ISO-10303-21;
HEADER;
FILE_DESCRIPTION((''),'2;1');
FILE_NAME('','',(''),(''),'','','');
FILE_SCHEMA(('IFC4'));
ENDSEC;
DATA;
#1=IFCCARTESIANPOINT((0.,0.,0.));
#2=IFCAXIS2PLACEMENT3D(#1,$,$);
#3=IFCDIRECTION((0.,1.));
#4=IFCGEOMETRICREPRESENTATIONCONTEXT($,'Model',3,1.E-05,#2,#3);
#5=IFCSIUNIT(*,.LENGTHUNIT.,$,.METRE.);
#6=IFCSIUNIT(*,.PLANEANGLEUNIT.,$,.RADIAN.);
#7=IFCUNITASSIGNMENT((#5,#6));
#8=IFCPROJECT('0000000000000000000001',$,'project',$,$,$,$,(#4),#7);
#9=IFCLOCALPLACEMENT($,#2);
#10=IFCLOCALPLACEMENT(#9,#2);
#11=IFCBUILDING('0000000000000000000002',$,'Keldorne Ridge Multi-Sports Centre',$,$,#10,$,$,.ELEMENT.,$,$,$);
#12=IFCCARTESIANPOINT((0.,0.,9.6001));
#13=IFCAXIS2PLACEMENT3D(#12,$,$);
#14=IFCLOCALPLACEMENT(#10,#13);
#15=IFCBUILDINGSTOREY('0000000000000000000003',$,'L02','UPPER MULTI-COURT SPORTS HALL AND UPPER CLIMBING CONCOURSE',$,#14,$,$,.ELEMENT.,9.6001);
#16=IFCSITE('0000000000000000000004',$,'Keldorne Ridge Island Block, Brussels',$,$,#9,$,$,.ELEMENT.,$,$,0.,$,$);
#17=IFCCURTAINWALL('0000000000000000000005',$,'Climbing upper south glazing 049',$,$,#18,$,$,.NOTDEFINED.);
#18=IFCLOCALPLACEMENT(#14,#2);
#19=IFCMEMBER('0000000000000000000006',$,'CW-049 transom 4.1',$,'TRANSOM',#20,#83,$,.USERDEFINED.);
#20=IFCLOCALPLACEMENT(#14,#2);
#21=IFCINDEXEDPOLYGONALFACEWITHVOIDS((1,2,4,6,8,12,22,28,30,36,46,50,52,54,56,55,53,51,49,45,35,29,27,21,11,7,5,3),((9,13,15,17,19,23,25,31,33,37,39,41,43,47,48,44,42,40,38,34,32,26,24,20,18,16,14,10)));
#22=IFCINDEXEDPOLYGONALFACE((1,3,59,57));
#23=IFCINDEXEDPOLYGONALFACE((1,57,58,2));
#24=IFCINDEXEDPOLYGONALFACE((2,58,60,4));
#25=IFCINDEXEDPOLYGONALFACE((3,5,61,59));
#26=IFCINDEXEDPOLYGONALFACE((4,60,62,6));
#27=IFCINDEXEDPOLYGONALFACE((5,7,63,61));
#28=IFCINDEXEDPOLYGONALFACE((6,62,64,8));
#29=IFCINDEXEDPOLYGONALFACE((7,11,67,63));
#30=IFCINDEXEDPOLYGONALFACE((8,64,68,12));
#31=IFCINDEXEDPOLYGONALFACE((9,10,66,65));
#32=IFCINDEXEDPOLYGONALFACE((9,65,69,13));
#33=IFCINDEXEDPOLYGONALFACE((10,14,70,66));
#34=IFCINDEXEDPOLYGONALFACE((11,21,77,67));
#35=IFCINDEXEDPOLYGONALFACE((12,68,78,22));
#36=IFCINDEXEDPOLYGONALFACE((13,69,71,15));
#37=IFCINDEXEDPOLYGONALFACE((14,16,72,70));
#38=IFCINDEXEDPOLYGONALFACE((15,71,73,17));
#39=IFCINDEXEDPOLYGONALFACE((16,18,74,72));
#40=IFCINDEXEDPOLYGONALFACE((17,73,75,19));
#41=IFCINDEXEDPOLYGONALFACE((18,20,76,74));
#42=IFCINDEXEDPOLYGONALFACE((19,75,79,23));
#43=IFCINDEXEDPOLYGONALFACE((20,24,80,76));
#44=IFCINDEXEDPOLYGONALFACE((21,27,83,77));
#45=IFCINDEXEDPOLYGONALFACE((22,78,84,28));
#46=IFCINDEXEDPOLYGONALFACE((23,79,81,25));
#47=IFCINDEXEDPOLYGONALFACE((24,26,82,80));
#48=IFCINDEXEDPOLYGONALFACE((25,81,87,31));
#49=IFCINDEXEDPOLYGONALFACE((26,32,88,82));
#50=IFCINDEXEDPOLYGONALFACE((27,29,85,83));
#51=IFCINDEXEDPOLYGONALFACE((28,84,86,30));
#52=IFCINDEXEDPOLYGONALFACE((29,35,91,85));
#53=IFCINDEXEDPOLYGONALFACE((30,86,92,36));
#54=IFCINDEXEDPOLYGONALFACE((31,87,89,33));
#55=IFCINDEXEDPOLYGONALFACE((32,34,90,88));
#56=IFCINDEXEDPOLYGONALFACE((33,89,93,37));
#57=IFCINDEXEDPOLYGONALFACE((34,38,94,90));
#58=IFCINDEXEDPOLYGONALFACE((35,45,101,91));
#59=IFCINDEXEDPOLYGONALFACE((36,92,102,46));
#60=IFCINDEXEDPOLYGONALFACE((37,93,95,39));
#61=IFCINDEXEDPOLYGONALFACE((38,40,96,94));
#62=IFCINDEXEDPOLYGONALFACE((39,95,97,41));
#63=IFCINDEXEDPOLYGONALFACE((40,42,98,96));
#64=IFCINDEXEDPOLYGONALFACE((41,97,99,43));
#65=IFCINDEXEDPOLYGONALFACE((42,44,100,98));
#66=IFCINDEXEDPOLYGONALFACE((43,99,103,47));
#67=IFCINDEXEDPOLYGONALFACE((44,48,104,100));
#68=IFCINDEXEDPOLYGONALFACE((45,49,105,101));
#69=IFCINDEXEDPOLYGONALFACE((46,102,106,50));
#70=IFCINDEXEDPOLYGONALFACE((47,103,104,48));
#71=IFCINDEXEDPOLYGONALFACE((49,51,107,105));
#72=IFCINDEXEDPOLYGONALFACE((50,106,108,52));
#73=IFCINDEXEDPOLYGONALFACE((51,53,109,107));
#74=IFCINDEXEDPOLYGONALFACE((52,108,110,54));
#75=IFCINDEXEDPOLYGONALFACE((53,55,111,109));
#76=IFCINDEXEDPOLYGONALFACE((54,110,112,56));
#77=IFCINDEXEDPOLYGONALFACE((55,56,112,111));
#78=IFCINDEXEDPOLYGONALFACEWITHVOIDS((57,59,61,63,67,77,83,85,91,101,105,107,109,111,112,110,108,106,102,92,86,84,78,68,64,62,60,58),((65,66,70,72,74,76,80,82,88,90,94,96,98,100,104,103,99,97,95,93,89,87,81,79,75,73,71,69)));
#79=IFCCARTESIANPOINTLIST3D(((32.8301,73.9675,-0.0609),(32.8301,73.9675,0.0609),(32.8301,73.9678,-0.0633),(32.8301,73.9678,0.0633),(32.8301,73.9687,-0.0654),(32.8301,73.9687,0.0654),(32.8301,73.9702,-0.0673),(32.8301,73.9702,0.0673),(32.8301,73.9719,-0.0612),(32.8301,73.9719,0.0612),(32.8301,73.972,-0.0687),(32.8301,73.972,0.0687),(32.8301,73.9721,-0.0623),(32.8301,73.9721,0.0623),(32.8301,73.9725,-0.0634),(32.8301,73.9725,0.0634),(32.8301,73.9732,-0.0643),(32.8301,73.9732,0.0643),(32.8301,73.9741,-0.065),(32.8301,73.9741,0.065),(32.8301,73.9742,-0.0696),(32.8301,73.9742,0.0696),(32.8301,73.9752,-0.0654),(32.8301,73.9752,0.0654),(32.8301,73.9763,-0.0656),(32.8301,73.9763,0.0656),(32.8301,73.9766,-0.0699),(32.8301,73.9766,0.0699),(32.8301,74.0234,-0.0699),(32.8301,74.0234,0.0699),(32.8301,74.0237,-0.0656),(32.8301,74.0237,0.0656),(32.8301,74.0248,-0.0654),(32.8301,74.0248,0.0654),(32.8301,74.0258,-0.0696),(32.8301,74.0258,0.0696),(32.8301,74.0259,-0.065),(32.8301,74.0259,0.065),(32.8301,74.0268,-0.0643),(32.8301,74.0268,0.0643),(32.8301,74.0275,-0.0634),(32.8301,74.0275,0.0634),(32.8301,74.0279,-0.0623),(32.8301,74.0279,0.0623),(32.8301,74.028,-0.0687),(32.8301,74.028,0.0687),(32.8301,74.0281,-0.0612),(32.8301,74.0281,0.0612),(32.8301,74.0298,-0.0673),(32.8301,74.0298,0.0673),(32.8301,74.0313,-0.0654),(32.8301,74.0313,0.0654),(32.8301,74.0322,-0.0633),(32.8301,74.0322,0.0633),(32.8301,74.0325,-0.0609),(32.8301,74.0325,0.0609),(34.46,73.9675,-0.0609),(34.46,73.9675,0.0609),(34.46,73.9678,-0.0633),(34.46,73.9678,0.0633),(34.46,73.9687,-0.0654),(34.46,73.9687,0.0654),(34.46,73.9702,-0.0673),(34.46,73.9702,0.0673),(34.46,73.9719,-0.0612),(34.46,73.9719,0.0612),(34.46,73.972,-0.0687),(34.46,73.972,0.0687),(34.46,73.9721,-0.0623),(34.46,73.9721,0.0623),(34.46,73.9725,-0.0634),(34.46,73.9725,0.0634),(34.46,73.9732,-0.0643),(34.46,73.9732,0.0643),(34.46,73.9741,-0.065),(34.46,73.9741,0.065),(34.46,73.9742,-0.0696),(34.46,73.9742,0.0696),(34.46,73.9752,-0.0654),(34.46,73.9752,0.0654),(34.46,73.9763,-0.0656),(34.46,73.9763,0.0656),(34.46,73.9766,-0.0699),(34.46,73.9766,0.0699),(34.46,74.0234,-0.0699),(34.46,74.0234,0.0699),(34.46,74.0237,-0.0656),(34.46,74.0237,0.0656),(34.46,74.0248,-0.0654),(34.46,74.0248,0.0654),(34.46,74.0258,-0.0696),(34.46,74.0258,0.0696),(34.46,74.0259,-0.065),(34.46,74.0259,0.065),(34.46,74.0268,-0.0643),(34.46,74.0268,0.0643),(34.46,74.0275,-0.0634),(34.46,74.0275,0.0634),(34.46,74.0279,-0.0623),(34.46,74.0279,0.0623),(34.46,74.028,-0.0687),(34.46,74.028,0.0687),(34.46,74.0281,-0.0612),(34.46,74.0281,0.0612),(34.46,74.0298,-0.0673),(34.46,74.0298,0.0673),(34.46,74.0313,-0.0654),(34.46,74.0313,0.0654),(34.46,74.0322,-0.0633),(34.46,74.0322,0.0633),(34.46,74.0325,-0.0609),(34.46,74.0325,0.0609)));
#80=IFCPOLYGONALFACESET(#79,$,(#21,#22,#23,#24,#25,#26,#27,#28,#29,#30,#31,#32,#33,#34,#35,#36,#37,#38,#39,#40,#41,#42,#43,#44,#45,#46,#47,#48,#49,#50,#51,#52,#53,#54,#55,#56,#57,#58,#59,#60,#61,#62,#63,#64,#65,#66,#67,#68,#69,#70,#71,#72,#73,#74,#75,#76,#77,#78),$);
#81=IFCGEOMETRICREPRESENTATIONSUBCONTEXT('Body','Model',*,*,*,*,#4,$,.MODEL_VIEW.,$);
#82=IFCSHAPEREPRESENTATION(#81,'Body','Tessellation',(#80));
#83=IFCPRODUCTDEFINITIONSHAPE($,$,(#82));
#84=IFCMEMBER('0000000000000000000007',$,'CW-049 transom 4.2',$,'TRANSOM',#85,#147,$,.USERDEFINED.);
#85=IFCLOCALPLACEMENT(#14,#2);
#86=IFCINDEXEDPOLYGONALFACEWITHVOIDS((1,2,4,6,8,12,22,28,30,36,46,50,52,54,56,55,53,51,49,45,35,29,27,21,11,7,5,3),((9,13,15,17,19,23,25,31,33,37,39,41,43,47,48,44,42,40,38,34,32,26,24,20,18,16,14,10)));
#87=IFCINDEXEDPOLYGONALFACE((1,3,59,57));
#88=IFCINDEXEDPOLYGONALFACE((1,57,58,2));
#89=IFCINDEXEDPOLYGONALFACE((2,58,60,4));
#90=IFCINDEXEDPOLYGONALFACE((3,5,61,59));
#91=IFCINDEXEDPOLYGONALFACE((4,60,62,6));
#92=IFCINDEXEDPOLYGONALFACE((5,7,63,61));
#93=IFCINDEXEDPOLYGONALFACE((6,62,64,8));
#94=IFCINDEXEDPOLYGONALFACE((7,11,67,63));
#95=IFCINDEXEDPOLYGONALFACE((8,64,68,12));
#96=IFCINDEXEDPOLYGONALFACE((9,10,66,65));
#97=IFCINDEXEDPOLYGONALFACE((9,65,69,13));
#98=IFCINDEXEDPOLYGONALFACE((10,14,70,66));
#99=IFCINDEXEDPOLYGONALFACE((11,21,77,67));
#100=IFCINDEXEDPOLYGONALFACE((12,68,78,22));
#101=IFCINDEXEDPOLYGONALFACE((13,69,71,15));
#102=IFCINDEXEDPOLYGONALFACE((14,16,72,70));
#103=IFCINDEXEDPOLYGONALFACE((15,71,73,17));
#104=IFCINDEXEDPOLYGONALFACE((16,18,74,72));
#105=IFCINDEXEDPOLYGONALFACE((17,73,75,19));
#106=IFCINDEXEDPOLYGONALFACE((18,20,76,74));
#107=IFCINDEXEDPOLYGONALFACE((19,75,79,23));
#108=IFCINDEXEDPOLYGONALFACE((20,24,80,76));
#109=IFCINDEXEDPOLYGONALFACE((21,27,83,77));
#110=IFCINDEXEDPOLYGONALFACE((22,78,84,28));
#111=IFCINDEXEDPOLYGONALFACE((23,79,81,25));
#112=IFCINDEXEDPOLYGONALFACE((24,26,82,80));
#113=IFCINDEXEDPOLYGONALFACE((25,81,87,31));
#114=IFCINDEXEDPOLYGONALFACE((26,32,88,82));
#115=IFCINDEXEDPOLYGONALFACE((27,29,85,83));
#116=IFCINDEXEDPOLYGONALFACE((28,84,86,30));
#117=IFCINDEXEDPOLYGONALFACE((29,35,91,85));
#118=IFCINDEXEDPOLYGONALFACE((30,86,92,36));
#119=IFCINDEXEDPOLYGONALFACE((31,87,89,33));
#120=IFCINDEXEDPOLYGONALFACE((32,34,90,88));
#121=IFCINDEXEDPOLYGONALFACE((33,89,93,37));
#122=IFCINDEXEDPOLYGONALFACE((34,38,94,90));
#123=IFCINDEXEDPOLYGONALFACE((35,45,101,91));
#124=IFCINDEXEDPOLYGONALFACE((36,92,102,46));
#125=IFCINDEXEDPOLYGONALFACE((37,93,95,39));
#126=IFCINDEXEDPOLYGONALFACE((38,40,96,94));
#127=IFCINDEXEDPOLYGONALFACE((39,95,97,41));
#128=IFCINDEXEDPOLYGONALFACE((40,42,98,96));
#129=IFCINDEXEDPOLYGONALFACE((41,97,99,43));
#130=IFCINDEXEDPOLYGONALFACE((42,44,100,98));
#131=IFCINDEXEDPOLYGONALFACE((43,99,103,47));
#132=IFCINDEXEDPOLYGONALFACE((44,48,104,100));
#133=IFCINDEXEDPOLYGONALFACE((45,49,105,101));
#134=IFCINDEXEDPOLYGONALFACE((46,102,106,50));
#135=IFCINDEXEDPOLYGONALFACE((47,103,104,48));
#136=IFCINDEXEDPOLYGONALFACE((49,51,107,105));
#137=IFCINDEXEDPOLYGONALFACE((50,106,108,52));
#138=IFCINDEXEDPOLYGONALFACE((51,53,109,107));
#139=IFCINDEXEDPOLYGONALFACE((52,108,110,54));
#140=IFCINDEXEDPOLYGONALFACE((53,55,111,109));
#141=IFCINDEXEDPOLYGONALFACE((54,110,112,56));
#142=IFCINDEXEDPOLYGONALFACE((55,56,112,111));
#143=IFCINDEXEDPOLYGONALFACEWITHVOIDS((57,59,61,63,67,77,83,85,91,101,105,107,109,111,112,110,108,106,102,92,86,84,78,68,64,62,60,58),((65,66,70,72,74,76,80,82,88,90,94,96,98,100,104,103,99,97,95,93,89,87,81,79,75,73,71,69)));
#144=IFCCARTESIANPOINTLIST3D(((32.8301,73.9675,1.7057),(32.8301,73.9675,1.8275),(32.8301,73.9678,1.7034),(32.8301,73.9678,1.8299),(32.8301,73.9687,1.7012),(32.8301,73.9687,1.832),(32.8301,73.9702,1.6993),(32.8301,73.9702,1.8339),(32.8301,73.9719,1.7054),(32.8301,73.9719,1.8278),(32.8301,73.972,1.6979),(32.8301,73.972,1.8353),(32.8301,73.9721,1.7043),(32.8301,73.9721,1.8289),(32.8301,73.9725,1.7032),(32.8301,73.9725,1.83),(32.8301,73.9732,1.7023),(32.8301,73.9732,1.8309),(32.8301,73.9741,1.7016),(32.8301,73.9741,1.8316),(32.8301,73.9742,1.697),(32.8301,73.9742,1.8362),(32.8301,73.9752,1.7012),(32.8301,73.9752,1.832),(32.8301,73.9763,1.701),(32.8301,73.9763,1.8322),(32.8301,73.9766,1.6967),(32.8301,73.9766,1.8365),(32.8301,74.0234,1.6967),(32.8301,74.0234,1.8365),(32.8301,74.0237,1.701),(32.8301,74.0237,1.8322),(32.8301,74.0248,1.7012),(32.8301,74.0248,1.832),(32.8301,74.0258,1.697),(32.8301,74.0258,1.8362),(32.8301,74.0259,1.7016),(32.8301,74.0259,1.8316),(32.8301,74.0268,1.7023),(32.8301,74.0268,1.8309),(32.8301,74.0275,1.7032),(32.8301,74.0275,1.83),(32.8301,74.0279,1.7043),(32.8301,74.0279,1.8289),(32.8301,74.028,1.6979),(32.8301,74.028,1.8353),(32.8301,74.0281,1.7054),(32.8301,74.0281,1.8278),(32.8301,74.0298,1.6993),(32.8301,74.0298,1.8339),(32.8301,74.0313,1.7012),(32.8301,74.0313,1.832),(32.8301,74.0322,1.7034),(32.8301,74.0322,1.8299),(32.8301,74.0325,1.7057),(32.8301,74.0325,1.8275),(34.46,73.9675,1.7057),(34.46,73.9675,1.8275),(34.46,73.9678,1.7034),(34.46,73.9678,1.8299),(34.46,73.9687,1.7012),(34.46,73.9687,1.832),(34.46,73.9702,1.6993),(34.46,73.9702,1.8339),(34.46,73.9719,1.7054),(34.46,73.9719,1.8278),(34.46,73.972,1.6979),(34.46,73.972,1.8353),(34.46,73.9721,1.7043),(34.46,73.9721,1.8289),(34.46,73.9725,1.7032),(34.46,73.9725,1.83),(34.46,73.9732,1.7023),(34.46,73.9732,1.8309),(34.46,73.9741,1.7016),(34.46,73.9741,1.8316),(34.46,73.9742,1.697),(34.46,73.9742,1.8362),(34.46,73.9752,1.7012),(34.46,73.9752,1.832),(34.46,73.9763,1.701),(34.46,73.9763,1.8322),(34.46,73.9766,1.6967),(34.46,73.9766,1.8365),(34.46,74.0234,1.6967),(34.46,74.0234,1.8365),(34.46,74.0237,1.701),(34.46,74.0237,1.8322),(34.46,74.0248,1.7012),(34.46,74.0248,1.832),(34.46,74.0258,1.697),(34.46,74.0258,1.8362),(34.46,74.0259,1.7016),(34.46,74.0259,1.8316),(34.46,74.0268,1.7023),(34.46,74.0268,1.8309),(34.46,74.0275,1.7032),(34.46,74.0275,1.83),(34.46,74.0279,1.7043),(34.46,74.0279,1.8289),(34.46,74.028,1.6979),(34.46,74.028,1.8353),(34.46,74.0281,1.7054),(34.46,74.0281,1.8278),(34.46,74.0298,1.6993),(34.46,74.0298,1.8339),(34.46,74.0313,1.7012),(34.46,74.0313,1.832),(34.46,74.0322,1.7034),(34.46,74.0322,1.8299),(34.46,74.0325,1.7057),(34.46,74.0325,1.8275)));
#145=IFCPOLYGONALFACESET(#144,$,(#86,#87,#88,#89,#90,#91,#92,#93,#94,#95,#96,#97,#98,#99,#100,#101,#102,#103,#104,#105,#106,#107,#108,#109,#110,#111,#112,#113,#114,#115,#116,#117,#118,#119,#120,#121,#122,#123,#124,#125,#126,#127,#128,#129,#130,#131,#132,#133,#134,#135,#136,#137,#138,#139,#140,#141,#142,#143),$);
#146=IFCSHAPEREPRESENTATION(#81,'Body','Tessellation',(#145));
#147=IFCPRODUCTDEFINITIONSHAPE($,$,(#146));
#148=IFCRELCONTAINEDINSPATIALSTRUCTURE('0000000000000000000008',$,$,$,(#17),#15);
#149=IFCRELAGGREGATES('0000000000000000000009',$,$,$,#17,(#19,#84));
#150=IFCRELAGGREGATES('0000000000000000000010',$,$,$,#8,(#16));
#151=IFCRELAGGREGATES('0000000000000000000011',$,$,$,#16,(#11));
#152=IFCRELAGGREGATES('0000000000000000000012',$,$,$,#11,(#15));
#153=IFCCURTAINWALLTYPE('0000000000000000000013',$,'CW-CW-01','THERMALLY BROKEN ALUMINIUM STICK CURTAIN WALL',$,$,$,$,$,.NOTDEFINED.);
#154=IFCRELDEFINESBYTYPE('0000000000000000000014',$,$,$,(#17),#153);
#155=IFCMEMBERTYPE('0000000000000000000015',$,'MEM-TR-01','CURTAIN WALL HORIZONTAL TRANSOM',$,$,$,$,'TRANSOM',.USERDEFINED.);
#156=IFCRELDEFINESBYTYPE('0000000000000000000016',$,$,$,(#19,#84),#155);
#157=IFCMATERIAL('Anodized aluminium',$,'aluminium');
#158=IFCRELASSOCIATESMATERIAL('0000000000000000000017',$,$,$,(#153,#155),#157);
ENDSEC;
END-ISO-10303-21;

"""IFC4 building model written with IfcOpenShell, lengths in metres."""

from ifc_helpers import new_model, si_unit, direction, frame, origin, origin_2d, place, context, subcontext, project, spatial, hollow_rectangle, extrude, material, material_profile, profile_set, type_object, element, aggregate, save


model = new_model("IFC4")

# Units and contexts
model_context = context("Model", 3, precision=1e-05, world=origin(), true_north=direction((0.0, 1.0)))
body_context = subcontext(model_context, "Body", "Model", "MODEL_VIEW")
ifc_project = project(units=[si_unit("LENGTHUNIT", "METRE"), si_unit("PLANEANGLEUNIT", "RADIAN")], contexts=[model_context])

# Site, building, storey
site_placement = place(None, origin())
site = spatial("IfcSite", under=ifc_project, at=site_placement, Name="Keldorne Ridge Island Block, Brussels", CompositionType="ELEMENT", RefElevation=0.0)
building_placement = place(site_placement, origin())
building = spatial("IfcBuilding", under=site, at=building_placement, Name="Keldorne Ridge Multi-Sports Centre", CompositionType="ELEMENT")
storey_placement = place(building_placement, frame((0.0, 0.0, 9.6001)))
storey = spatial("IfcBuildingStorey", under=building, at=storey_placement, Name="L02", Description="UPPER MULTI-COURT SPORTS HALL AND UPPER CLIMBING CONCOURSE", CompositionType="ELEMENT", Elevation=9.6001)

# Curtain wall
ifc_material_1 = material(Name="Anodized aluminium", Category="aluminium")
curtain_wall_type = type_object("IfcCurtainWallType", Name="CW-CW-01", Description="THERMALLY BROKEN ALUMINIUM STICK CURTAIN WALL", PredefinedType="NOTDEFINED", material=ifc_material_1)
curtain_wall_placement = place(storey_placement, origin())
curtain_wall = element("IfcCurtainWall", 1, at=curtain_wall_placement, inside=storey, type_object=curtain_wall_type, Name="Climbing upper south glazing 049", PredefinedType="NOTDEFINED")

# Members
ifc_material_profile_1 = material_profile(ifc_material_1, hollow_rectangle(XDim=0.0649, YDim=0.1399, WallThickness=0.0044, InnerFilletRadius=0.0044, OuterFilletRadius=0.009, at=origin_2d()), Name="ALU TRANSOM 140x65x4.5")
ifc_profile_set_1 = profile_set([ifc_material_profile_1], Name="Anodized aluminium")
member_type_1 = type_object("IfcMemberType", Name="MEM-TR-01", Description="CURTAIN WALL HORIZONTAL TRANSOM", ElementType="TRANSOM", PredefinedType="USERDEFINED", material=ifc_profile_set_1)
member_1_placement = place(storey_placement, frame((32.8301, 74.0, 0.0), z_axis=(1.0, 0.0, 0.0), x_axis=(0.0, 1.0, 0.0)))
member_1 = element("IfcMember", 2, at=member_1_placement, type_object=member_type_1, Name="CW-049 transom 4.1", ObjectType="TRANSOM", PredefinedType="USERDEFINED", context=body_context, shape_type="SweptSolid", body=[
    extrude(hollow_rectangle(XDim=0.0649, YDim=0.1399, WallThickness=0.0044, InnerFilletRadius=0.0044, OuterFilletRadius=0.009, at=origin_2d()), origin(), (0.0, 0.0, 1.0), 1.6299),
])
member_2_placement = place(storey_placement, frame((32.8301, 74.0, 1.7666), z_axis=(1.0, 0.0, 0.0), x_axis=(0.0, 1.0, 0.0)))
member_2 = element("IfcMember", 3, at=member_2_placement, type_object=member_type_1, Name="CW-049 transom 4.2", ObjectType="TRANSOM", PredefinedType="USERDEFINED", context=body_context, shape_type="SweptSolid", body=[
    extrude(hollow_rectangle(XDim=0.0649, YDim=0.1399, WallThickness=0.0044, InnerFilletRadius=0.0044, OuterFilletRadius=0.009, at=origin_2d()), origin(), (0.0, 0.0, 1.0), 1.6299),
])

aggregate(curtain_wall, [member_1, member_2])

save(model, "model.ifc")
